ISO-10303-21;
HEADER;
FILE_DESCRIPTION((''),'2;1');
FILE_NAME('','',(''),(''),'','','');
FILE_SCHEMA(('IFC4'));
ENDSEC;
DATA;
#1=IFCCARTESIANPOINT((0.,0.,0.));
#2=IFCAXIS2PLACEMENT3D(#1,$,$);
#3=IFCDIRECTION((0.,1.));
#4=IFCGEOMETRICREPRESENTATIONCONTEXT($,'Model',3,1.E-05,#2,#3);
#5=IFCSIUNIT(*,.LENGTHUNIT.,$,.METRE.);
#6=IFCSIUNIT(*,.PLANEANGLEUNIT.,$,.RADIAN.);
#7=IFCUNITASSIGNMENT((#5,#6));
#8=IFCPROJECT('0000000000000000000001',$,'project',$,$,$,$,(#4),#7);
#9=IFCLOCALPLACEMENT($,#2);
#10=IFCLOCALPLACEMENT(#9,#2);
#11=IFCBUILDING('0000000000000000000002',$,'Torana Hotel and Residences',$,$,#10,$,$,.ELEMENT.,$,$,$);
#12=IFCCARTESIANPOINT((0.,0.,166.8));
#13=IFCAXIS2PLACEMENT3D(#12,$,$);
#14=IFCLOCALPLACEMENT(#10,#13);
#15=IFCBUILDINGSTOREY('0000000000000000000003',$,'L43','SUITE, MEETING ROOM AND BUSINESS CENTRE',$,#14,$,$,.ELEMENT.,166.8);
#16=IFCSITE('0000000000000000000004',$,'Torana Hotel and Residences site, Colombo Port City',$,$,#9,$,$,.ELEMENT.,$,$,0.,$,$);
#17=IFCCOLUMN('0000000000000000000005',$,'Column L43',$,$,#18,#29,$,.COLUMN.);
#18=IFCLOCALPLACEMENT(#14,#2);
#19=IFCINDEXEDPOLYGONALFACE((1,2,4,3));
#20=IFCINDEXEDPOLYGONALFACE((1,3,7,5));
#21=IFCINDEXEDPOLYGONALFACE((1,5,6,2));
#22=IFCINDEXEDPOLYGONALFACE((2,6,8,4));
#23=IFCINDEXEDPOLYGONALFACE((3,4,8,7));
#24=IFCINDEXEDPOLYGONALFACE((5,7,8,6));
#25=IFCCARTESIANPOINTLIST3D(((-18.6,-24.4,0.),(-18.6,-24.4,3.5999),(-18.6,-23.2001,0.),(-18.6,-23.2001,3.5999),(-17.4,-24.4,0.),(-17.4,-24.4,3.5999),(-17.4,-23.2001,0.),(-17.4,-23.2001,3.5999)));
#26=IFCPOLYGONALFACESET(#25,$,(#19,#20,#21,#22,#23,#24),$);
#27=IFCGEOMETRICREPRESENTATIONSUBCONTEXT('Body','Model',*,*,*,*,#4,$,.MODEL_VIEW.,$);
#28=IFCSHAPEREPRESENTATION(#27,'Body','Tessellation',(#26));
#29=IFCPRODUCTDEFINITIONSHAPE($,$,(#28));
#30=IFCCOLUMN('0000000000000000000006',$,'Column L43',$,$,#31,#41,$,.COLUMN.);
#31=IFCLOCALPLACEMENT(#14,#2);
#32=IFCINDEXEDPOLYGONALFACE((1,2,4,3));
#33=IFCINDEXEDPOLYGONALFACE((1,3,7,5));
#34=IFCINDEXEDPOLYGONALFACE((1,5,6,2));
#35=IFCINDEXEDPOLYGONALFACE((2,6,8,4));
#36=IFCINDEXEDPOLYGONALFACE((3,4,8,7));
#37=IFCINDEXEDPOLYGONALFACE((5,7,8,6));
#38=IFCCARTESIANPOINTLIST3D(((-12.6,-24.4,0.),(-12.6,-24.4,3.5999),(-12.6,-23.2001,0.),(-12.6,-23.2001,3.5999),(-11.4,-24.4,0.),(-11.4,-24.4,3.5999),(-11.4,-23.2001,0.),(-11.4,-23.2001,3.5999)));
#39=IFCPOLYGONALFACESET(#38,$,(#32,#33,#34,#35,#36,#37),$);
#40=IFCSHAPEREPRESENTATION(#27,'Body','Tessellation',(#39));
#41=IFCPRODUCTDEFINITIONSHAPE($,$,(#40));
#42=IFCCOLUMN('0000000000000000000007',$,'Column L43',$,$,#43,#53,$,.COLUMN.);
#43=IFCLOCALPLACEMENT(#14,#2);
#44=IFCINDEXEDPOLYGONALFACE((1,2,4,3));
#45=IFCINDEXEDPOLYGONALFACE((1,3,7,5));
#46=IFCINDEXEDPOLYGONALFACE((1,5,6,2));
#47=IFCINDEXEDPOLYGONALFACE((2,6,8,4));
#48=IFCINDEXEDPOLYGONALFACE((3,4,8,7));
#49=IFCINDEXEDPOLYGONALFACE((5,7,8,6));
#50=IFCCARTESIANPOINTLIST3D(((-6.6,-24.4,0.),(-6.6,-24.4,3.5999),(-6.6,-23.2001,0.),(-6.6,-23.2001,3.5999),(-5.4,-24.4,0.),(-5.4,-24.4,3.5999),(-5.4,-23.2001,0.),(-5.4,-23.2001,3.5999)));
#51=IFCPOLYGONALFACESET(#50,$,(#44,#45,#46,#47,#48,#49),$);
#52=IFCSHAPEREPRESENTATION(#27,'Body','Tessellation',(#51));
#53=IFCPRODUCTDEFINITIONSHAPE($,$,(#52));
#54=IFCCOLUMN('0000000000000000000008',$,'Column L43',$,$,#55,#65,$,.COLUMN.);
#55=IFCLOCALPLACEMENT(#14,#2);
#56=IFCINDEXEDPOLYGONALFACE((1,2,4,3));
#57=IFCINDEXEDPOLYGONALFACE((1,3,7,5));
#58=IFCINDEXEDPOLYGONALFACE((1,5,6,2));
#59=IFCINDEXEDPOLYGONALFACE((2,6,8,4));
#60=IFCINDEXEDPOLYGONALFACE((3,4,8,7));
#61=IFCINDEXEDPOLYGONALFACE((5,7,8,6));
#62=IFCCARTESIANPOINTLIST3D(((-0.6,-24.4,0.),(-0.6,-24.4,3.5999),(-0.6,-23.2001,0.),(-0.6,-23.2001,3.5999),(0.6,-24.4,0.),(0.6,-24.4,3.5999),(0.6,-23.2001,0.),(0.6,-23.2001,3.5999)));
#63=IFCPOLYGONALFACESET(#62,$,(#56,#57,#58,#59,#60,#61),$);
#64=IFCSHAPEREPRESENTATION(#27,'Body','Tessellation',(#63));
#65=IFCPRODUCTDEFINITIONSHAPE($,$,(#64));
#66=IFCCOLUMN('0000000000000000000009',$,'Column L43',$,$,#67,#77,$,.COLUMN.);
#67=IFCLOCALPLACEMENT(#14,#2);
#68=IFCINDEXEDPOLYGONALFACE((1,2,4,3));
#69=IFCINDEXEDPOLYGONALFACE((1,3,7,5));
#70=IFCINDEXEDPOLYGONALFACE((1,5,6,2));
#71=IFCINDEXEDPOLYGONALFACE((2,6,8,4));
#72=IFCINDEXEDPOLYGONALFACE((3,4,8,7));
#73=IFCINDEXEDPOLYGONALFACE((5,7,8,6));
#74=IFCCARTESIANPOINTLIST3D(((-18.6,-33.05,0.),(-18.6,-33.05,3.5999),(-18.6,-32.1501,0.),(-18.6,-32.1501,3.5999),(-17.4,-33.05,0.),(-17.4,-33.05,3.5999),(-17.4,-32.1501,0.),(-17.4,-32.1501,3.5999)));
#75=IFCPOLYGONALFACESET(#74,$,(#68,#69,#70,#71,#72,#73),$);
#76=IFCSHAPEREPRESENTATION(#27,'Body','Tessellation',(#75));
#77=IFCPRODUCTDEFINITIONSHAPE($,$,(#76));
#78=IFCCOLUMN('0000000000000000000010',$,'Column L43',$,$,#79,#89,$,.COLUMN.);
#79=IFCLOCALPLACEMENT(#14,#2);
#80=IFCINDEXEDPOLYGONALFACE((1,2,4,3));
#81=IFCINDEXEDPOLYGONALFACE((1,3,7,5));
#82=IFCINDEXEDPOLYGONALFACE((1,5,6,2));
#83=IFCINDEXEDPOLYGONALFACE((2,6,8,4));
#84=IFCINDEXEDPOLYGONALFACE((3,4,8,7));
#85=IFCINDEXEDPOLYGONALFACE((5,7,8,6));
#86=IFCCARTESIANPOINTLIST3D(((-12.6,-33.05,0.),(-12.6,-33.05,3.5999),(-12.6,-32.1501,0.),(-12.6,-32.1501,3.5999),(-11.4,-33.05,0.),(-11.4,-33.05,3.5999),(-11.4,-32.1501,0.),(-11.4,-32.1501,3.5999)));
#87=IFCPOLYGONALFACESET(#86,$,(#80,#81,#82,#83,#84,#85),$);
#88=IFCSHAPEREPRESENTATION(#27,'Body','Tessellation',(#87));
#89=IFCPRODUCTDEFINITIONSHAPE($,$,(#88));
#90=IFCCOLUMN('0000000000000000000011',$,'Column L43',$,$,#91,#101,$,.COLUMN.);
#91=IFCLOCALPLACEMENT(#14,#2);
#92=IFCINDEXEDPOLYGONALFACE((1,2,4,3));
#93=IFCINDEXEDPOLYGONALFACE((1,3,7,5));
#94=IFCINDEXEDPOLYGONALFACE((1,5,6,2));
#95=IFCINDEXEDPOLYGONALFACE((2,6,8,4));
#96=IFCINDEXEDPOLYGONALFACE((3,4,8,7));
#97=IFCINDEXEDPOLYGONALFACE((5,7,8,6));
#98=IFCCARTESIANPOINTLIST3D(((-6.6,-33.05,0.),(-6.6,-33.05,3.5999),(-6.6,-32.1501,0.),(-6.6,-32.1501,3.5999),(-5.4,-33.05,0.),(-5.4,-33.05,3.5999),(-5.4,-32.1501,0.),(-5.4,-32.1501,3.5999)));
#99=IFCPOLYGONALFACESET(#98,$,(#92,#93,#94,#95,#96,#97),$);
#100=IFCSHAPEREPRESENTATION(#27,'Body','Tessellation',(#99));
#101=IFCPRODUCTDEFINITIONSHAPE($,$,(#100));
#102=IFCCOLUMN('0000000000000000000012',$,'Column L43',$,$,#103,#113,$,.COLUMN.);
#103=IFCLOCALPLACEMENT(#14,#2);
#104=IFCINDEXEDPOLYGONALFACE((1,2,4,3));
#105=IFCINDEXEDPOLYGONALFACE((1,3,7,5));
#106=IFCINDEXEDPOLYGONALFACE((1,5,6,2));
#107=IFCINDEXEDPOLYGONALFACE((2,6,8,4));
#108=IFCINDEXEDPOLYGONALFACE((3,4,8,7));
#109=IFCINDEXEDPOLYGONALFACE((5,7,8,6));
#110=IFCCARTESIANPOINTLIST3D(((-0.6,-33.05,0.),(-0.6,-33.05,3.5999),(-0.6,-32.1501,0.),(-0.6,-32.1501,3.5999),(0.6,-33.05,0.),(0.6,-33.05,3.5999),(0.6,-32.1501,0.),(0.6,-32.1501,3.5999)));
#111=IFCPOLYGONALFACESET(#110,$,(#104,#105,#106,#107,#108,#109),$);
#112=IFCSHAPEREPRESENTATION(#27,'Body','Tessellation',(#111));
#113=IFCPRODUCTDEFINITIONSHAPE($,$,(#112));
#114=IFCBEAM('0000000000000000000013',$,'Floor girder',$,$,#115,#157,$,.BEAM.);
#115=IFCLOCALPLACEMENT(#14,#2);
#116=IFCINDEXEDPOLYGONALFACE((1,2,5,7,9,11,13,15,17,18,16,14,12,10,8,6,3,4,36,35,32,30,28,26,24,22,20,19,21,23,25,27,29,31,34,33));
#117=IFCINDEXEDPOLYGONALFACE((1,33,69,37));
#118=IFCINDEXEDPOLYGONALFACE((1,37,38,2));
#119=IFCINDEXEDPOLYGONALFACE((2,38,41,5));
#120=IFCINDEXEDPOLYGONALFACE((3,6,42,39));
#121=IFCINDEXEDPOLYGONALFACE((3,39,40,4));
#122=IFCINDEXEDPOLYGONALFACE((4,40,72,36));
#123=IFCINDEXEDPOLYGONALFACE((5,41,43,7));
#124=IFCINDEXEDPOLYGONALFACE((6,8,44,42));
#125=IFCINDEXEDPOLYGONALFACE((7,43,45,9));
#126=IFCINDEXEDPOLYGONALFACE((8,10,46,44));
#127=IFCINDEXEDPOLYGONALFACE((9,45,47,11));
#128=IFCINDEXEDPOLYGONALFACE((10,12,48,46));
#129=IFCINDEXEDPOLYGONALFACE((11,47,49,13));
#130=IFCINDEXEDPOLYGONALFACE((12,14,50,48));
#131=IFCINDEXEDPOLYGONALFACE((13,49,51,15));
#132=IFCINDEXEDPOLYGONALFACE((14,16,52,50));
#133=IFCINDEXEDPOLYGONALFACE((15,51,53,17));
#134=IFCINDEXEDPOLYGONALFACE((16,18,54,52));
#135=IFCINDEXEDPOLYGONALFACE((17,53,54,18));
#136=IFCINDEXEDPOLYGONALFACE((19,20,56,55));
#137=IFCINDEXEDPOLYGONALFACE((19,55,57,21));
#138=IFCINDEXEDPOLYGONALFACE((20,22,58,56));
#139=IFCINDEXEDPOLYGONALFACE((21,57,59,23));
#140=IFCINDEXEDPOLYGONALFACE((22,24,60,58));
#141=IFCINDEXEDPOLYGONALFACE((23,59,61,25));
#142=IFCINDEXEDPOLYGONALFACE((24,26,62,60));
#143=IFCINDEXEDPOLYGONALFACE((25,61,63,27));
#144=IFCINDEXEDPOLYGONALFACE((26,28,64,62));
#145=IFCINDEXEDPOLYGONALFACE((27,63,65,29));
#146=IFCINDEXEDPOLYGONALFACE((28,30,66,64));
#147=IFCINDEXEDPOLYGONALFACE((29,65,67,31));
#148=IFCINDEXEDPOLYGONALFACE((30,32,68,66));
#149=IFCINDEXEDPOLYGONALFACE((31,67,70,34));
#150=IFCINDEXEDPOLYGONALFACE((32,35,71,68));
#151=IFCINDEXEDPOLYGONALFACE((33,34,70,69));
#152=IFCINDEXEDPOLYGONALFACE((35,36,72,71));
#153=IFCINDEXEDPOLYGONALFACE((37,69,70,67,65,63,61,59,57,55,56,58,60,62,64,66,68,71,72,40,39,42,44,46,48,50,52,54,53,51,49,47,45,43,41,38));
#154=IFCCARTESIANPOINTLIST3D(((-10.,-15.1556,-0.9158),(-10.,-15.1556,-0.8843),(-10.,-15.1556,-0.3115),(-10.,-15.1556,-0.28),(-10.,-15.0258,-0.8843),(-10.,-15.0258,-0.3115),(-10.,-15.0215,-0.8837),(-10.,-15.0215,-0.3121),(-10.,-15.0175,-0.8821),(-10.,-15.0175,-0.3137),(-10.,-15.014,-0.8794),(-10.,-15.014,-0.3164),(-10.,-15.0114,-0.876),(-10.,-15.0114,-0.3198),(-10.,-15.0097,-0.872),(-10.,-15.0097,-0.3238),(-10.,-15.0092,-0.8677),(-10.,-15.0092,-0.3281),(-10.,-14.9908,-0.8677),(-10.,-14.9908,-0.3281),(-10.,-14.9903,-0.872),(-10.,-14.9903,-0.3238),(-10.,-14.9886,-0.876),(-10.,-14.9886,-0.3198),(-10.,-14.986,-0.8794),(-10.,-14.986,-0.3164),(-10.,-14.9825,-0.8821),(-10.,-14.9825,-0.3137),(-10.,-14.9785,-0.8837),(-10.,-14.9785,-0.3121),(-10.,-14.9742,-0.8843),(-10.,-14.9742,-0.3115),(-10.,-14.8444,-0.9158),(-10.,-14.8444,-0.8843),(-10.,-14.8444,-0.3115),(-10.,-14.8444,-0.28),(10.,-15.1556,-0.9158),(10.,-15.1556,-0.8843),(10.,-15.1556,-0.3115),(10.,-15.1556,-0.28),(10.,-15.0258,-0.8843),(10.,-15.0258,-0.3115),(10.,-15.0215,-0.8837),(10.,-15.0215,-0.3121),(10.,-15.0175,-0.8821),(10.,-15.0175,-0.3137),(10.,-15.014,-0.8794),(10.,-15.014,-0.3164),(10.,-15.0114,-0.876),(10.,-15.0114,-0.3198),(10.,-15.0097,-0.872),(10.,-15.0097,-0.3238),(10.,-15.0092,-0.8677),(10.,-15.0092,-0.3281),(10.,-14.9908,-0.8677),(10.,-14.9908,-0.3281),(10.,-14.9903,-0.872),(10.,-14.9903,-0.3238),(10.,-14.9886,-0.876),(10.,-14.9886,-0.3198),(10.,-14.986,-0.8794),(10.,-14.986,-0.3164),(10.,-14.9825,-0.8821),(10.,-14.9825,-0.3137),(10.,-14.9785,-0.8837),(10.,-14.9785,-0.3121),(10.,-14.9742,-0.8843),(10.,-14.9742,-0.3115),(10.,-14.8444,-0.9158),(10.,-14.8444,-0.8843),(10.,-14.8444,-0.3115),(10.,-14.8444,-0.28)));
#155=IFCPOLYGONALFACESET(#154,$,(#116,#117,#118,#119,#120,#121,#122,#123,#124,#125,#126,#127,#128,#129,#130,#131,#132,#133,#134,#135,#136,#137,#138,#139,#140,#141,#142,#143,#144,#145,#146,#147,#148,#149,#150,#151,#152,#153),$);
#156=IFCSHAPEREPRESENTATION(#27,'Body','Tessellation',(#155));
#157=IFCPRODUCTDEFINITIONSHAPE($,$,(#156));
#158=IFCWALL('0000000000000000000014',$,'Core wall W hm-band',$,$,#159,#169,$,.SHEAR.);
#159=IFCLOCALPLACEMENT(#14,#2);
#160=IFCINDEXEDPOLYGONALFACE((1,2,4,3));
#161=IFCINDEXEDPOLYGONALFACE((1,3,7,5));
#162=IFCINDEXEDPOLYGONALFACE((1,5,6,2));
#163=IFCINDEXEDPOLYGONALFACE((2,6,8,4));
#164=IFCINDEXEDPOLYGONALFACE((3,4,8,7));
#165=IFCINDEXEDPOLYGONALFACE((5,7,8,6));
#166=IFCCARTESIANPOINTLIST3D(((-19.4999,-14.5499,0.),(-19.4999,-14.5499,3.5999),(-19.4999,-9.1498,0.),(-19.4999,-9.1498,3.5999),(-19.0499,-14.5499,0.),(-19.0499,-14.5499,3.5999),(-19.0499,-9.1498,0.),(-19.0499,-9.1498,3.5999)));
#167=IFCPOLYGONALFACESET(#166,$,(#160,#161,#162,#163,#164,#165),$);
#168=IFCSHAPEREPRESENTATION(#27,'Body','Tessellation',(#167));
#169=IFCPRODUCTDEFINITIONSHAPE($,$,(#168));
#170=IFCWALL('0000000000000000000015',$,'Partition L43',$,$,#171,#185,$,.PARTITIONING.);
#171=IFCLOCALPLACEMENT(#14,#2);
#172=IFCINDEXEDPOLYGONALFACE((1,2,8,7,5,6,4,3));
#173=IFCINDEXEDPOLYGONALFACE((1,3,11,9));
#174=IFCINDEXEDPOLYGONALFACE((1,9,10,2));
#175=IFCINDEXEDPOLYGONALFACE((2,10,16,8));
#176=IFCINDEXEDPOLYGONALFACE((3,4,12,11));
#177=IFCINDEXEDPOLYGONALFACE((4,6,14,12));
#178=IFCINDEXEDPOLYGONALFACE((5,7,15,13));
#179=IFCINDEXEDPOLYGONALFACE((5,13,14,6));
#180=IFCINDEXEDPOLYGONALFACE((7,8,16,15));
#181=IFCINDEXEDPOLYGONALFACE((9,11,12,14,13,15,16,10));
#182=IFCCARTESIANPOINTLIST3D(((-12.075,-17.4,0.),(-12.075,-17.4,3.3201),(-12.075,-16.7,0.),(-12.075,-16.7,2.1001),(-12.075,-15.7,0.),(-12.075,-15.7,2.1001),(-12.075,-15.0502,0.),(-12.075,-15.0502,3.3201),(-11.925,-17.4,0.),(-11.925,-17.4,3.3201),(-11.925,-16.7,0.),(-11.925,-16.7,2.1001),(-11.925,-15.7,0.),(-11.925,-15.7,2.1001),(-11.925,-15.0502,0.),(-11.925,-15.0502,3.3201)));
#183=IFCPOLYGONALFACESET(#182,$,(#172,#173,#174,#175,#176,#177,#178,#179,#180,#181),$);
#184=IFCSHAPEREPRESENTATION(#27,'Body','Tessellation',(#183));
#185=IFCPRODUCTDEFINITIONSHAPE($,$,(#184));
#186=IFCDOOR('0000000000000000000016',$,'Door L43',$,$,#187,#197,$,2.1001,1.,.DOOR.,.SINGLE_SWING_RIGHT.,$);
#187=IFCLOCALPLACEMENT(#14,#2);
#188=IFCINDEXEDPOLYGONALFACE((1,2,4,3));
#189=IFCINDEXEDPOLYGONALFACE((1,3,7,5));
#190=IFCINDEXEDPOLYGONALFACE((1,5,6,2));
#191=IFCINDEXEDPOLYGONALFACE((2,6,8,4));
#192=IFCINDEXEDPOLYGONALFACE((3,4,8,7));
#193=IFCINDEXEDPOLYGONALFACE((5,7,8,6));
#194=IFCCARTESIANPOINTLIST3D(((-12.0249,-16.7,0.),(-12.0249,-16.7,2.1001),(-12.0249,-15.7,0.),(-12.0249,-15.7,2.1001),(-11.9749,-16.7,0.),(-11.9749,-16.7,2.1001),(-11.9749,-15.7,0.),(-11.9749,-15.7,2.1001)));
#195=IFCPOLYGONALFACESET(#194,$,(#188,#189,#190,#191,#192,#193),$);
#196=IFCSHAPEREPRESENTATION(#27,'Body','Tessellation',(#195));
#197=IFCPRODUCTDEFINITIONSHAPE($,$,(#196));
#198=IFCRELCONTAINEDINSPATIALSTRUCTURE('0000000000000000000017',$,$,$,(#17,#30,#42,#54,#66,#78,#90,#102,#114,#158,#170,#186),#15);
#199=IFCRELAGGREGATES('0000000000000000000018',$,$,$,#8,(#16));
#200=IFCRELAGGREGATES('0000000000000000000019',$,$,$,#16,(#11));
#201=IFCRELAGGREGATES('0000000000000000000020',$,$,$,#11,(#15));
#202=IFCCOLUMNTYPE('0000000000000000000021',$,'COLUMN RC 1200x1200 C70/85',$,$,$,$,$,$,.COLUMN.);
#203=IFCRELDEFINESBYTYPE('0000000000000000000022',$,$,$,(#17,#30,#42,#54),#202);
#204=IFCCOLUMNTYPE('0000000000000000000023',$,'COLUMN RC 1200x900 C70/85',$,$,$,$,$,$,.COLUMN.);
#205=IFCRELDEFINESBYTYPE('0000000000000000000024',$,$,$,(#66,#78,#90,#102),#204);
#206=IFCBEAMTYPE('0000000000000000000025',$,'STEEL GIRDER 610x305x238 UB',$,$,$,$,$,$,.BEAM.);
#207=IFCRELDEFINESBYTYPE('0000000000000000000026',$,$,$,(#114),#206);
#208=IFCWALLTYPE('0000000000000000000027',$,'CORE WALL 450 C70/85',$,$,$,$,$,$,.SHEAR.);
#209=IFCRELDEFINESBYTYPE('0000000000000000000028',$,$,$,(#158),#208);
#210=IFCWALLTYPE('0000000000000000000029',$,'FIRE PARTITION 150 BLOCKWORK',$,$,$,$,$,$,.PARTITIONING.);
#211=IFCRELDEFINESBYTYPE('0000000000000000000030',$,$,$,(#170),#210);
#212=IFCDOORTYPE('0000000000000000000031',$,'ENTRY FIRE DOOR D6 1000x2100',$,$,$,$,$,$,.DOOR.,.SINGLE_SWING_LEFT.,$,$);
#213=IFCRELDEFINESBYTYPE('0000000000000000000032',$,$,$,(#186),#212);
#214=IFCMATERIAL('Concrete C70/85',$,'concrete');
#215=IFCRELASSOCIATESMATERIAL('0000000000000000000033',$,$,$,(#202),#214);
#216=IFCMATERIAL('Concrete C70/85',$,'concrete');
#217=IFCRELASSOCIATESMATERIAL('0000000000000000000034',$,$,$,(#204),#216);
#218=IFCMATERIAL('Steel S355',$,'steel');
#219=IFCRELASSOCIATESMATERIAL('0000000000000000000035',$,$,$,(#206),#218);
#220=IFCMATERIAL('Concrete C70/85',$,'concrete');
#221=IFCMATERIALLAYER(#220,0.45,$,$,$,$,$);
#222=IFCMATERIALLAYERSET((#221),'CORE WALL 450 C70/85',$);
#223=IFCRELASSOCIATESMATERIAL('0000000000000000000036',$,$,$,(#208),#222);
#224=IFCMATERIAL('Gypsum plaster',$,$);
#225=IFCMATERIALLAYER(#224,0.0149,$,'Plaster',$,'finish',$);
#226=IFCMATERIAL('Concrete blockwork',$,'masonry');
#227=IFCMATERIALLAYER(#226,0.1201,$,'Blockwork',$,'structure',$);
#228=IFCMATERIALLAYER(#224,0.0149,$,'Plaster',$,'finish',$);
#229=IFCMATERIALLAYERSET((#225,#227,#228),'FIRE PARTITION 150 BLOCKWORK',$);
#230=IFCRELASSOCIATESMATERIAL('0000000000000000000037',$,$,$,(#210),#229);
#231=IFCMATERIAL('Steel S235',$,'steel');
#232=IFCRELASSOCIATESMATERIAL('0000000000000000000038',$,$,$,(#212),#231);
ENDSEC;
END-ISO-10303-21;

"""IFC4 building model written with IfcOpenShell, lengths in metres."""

from ifc_helpers import new_model, si_unit, direction, frame, frame_2d, origin, origin_2d, place, context, subcontext, project, spatial, rectangle, i_section, extrude, material, layer, layer_set, material_profile, profile_set, type_object, element, fill, save


model = new_model("IFC4")

# Units and contexts
model_context = context("Model", 3, precision=1e-05, world=origin(), true_north=direction((0.0, 1.0)))
body_context = subcontext(model_context, "Body", "Model", "MODEL_VIEW")
ifc_project = project(units=[si_unit("LENGTHUNIT", "METRE"), si_unit("PLANEANGLEUNIT", "RADIAN")], contexts=[model_context])

# Site, building, storey
site_placement = place(None, origin())
site = spatial("IfcSite", under=ifc_project, at=site_placement, Name="Torana Hotel and Residences site, Colombo Port City", CompositionType="ELEMENT", RefElevation=0.0)
building_placement = place(site_placement, origin())
building = spatial("IfcBuilding", under=site, at=building_placement, Name="Torana Hotel and Residences", CompositionType="ELEMENT")
storey_placement = place(building_placement, frame((0.0, 0.0, 166.8)))
storey = spatial("IfcBuildingStorey", under=building, at=storey_placement, Name="L43", Description="SUITE, MEETING ROOM AND BUSINESS CENTRE", CompositionType="ELEMENT", Elevation=166.8)

# Columns
ifc_material_1 = material(Name="Concrete C70/85", Category="concrete")
ifc_material_profile_1 = material_profile(ifc_material_1, rectangle(XDim=1.2, YDim=1.2, at=origin_2d()), Name="RC 1200x1200")
ifc_profile_set_1 = profile_set([ifc_material_profile_1], Name="Concrete C70/85")
column_type_1 = type_object("IfcColumnType", Name="COLUMN RC 1200x1200 C70/85", PredefinedType="COLUMN", material=ifc_profile_set_1)
for number, where, z_axis, x_axis, name in (
    (1, (-18.0, -23.8, 0.0), (0.0, 0.0, 1.0), (1.0, 0.0, 0.0), "Column L43"),
    (2, (-12.0, -23.8, 0.0), (0.0, 0.0, 1.0), (1.0, 0.0, 0.0), "Column L43"),
    (3, (-6.0, -23.8, 0.0), (0.0, 0.0, 1.0), (1.0, 0.0, 0.0), "Column L43"),
    (4, (0.0, -23.8, 0.0), (0.0, 0.0, 1.0), (1.0, 0.0, 0.0), "Column L43"),
):
    element("IfcColumn", number, at=place(storey_placement, frame(where, z_axis=z_axis, x_axis=x_axis)), inside=storey, type_object=column_type_1, Name=name, PredefinedType="COLUMN", context=body_context, shape_type="SweptSolid", body=[
        extrude(rectangle(XDim=1.2, YDim=1.2, at=origin_2d()), origin(), (0.0, 0.0, 1.0), 3.5999),
    ])
ifc_material_2 = material(Name="Concrete C70/85", Category="concrete")
ifc_material_profile_2 = material_profile(ifc_material_2, rectangle(XDim=1.2, YDim=0.8999, at=origin_2d()), Name="RC 1200x900")
ifc_profile_set_2 = profile_set([ifc_material_profile_2], Name="Concrete C70/85")
column_type_2 = type_object("IfcColumnType", Name="COLUMN RC 1200x900 C70/85", PredefinedType="COLUMN", material=ifc_profile_set_2)
for number, where, z_axis, x_axis, name in (
    (5, (-18.0, -32.6001, 0.0), (0.0, 0.0, 1.0), (1.0, 0.0, 0.0), "Column L43"),
    (6, (-12.0, -32.6001, 0.0), (0.0, 0.0, 1.0), (1.0, 0.0, 0.0), "Column L43"),
    (7, (-6.0, -32.6001, 0.0), (0.0, 0.0, 1.0), (1.0, 0.0, 0.0), "Column L43"),
    (8, (0.0, -32.6001, 0.0), (0.0, 0.0, 1.0), (1.0, 0.0, 0.0), "Column L43"),
):
    element("IfcColumn", number, at=place(storey_placement, frame(where, z_axis=z_axis, x_axis=x_axis)), inside=storey, type_object=column_type_2, Name=name, PredefinedType="COLUMN", context=body_context, shape_type="SweptSolid", body=[
        extrude(rectangle(XDim=1.2, YDim=0.8999, at=origin_2d()), origin(), (0.0, 0.0, 1.0), 3.5999),
    ])

# Beam
ifc_material_3 = material(Name="Steel S355", Category="steel")
ifc_material_profile_3 = material_profile(ifc_material_3, i_section(OverallWidth=0.3113, OverallDepth=0.6357, WebThickness=0.0183, FlangeThickness=0.0315, FilletRadius=0.0166, at=origin_2d()), Name="610x305x238 UB")
ifc_profile_set_3 = profile_set([ifc_material_profile_3], Name="Steel S355")
beam_type = type_object("IfcBeamType", Name="STEEL GIRDER 610x305x238 UB", PredefinedType="BEAM", material=ifc_profile_set_3)
beam_placement = place(storey_placement, frame((-10.0, -15.0, -0.5979), z_axis=(1.0, 0.0, 0.0), x_axis=(0.0, 1.0, 0.0)))
element("IfcBeam", 9, at=beam_placement, inside=storey, type_object=beam_type, Name="Floor girder", PredefinedType="BEAM", context=body_context, shape_type="SweptSolid", body=[
    extrude(i_section(OverallWidth=0.3113, OverallDepth=0.6357, WebThickness=0.0183, FlangeThickness=0.0315, FilletRadius=0.0166, at=origin_2d()), origin(), (0.0, 0.0, 1.0), 20.0),
])

# Wall
ifc_material_4 = material(Name="Concrete C70/85", Category="concrete")
ifc_layer_1 = layer(ifc_material_4, 0.45)
ifc_layer_set_1 = layer_set([ifc_layer_1], Name="CORE WALL 450 C70/85")
wall_type_1 = type_object("IfcWallType", Name="CORE WALL 450 C70/85", PredefinedType="SHEAR", material=ifc_layer_set_1)
wall_1_placement = place(storey_placement, frame((-19.2749, -14.55, 0.0), z_axis=(0.0, 0.0, 1.0), x_axis=(0.0, 1.0, 0.0)))
element("IfcWall", 10, at=wall_1_placement, inside=storey, type_object=wall_type_1, Name="Core wall W hm-band", PredefinedType="SHEAR", context=body_context, shape_type="SweptSolid", body=[
    extrude(rectangle(XDim=5.4001, YDim=0.45, at=frame_2d((2.7002, 0.0))), origin(), (0.0, 0.0, 1.0), 3.5999),
])

# Wall, opening, door
ifc_material_5 = material(Name="Gypsum plaster")
ifc_layer_2 = layer(ifc_material_5, 0.0149, Name="Plaster", Category="finish")
ifc_material_6 = material(Name="Concrete blockwork", Category="masonry")
ifc_layer_3 = layer(ifc_material_6, 0.1201, Name="Blockwork", Category="structure")
ifc_layer_4 = layer(ifc_material_5, 0.0149, Name="Plaster", Category="finish")
ifc_layer_set_2 = layer_set([ifc_layer_2, ifc_layer_3, ifc_layer_4], Name="FIRE PARTITION 150 BLOCKWORK")
wall_type_2 = type_object("IfcWallType", Name="FIRE PARTITION 150 BLOCKWORK", PredefinedType="PARTITIONING", material=ifc_layer_set_2)
wall_2_placement = place(storey_placement, frame((-12.0, -17.3999, 0.0), z_axis=(0.0, 0.0, 1.0), x_axis=(0.0, 1.0, 0.0)))
wall_2 = element("IfcWall", 11, at=wall_2_placement, inside=storey, type_object=wall_type_2, Name="Partition L43", PredefinedType="PARTITIONING", context=body_context, shape_type="SweptSolid", body=[
    extrude(rectangle(XDim=2.3499, YDim=0.1499, at=frame_2d((1.1748, 0.0))), origin(), (0.0, 0.0, 1.0), 3.3201),
])
opening_1_placement = place(wall_2_placement, frame((0.7, 0.0, 0.0)))
opening_1 = element("IfcOpeningElement", 12, at=opening_1_placement, cuts=wall_2, PredefinedType="OPENING", context=body_context, shape_type="SweptSolid", body=[
    extrude(rectangle(XDim=1.0, YDim=2.1001, at=frame_2d((0.5, 1.05))), frame((0.0, 0.085, 0.0), z_axis=(0.0, -1.0, 0.0), x_axis=(1.0, 0.0, 0.0)), (0.0, 0.0, 1.0), 0.1699),
])
ifc_material_7 = material(Name="Steel S235", Category="steel")
door_type_1 = type_object("IfcDoorType", Name="ENTRY FIRE DOOR D6 1000x2100", OperationType="SINGLE_SWING_LEFT", PredefinedType="DOOR", material=ifc_material_7)
door_1_placement = place(opening_1_placement, origin())
door_1 = element("IfcDoor", 13, at=door_1_placement, inside=storey, type_object=door_type_1, Name="Door L43", OperationType="SINGLE_SWING_RIGHT", OverallHeight=2.1001, OverallWidth=1.0, PredefinedType="DOOR", context=body_context, shape_type="SweptSolid", body=[
    extrude(rectangle(XDim=1.0, YDim=2.1001, at=frame_2d((0.5, 1.05))), frame((0.0, 0.0249, 0.0), z_axis=(0.0, -1.0, 0.0), x_axis=(1.0, 0.0, 0.0)), (0.0, 0.0, 1.0), 0.05),
])
fill(opening_1, door_1)

save(model, "model.ifc")
